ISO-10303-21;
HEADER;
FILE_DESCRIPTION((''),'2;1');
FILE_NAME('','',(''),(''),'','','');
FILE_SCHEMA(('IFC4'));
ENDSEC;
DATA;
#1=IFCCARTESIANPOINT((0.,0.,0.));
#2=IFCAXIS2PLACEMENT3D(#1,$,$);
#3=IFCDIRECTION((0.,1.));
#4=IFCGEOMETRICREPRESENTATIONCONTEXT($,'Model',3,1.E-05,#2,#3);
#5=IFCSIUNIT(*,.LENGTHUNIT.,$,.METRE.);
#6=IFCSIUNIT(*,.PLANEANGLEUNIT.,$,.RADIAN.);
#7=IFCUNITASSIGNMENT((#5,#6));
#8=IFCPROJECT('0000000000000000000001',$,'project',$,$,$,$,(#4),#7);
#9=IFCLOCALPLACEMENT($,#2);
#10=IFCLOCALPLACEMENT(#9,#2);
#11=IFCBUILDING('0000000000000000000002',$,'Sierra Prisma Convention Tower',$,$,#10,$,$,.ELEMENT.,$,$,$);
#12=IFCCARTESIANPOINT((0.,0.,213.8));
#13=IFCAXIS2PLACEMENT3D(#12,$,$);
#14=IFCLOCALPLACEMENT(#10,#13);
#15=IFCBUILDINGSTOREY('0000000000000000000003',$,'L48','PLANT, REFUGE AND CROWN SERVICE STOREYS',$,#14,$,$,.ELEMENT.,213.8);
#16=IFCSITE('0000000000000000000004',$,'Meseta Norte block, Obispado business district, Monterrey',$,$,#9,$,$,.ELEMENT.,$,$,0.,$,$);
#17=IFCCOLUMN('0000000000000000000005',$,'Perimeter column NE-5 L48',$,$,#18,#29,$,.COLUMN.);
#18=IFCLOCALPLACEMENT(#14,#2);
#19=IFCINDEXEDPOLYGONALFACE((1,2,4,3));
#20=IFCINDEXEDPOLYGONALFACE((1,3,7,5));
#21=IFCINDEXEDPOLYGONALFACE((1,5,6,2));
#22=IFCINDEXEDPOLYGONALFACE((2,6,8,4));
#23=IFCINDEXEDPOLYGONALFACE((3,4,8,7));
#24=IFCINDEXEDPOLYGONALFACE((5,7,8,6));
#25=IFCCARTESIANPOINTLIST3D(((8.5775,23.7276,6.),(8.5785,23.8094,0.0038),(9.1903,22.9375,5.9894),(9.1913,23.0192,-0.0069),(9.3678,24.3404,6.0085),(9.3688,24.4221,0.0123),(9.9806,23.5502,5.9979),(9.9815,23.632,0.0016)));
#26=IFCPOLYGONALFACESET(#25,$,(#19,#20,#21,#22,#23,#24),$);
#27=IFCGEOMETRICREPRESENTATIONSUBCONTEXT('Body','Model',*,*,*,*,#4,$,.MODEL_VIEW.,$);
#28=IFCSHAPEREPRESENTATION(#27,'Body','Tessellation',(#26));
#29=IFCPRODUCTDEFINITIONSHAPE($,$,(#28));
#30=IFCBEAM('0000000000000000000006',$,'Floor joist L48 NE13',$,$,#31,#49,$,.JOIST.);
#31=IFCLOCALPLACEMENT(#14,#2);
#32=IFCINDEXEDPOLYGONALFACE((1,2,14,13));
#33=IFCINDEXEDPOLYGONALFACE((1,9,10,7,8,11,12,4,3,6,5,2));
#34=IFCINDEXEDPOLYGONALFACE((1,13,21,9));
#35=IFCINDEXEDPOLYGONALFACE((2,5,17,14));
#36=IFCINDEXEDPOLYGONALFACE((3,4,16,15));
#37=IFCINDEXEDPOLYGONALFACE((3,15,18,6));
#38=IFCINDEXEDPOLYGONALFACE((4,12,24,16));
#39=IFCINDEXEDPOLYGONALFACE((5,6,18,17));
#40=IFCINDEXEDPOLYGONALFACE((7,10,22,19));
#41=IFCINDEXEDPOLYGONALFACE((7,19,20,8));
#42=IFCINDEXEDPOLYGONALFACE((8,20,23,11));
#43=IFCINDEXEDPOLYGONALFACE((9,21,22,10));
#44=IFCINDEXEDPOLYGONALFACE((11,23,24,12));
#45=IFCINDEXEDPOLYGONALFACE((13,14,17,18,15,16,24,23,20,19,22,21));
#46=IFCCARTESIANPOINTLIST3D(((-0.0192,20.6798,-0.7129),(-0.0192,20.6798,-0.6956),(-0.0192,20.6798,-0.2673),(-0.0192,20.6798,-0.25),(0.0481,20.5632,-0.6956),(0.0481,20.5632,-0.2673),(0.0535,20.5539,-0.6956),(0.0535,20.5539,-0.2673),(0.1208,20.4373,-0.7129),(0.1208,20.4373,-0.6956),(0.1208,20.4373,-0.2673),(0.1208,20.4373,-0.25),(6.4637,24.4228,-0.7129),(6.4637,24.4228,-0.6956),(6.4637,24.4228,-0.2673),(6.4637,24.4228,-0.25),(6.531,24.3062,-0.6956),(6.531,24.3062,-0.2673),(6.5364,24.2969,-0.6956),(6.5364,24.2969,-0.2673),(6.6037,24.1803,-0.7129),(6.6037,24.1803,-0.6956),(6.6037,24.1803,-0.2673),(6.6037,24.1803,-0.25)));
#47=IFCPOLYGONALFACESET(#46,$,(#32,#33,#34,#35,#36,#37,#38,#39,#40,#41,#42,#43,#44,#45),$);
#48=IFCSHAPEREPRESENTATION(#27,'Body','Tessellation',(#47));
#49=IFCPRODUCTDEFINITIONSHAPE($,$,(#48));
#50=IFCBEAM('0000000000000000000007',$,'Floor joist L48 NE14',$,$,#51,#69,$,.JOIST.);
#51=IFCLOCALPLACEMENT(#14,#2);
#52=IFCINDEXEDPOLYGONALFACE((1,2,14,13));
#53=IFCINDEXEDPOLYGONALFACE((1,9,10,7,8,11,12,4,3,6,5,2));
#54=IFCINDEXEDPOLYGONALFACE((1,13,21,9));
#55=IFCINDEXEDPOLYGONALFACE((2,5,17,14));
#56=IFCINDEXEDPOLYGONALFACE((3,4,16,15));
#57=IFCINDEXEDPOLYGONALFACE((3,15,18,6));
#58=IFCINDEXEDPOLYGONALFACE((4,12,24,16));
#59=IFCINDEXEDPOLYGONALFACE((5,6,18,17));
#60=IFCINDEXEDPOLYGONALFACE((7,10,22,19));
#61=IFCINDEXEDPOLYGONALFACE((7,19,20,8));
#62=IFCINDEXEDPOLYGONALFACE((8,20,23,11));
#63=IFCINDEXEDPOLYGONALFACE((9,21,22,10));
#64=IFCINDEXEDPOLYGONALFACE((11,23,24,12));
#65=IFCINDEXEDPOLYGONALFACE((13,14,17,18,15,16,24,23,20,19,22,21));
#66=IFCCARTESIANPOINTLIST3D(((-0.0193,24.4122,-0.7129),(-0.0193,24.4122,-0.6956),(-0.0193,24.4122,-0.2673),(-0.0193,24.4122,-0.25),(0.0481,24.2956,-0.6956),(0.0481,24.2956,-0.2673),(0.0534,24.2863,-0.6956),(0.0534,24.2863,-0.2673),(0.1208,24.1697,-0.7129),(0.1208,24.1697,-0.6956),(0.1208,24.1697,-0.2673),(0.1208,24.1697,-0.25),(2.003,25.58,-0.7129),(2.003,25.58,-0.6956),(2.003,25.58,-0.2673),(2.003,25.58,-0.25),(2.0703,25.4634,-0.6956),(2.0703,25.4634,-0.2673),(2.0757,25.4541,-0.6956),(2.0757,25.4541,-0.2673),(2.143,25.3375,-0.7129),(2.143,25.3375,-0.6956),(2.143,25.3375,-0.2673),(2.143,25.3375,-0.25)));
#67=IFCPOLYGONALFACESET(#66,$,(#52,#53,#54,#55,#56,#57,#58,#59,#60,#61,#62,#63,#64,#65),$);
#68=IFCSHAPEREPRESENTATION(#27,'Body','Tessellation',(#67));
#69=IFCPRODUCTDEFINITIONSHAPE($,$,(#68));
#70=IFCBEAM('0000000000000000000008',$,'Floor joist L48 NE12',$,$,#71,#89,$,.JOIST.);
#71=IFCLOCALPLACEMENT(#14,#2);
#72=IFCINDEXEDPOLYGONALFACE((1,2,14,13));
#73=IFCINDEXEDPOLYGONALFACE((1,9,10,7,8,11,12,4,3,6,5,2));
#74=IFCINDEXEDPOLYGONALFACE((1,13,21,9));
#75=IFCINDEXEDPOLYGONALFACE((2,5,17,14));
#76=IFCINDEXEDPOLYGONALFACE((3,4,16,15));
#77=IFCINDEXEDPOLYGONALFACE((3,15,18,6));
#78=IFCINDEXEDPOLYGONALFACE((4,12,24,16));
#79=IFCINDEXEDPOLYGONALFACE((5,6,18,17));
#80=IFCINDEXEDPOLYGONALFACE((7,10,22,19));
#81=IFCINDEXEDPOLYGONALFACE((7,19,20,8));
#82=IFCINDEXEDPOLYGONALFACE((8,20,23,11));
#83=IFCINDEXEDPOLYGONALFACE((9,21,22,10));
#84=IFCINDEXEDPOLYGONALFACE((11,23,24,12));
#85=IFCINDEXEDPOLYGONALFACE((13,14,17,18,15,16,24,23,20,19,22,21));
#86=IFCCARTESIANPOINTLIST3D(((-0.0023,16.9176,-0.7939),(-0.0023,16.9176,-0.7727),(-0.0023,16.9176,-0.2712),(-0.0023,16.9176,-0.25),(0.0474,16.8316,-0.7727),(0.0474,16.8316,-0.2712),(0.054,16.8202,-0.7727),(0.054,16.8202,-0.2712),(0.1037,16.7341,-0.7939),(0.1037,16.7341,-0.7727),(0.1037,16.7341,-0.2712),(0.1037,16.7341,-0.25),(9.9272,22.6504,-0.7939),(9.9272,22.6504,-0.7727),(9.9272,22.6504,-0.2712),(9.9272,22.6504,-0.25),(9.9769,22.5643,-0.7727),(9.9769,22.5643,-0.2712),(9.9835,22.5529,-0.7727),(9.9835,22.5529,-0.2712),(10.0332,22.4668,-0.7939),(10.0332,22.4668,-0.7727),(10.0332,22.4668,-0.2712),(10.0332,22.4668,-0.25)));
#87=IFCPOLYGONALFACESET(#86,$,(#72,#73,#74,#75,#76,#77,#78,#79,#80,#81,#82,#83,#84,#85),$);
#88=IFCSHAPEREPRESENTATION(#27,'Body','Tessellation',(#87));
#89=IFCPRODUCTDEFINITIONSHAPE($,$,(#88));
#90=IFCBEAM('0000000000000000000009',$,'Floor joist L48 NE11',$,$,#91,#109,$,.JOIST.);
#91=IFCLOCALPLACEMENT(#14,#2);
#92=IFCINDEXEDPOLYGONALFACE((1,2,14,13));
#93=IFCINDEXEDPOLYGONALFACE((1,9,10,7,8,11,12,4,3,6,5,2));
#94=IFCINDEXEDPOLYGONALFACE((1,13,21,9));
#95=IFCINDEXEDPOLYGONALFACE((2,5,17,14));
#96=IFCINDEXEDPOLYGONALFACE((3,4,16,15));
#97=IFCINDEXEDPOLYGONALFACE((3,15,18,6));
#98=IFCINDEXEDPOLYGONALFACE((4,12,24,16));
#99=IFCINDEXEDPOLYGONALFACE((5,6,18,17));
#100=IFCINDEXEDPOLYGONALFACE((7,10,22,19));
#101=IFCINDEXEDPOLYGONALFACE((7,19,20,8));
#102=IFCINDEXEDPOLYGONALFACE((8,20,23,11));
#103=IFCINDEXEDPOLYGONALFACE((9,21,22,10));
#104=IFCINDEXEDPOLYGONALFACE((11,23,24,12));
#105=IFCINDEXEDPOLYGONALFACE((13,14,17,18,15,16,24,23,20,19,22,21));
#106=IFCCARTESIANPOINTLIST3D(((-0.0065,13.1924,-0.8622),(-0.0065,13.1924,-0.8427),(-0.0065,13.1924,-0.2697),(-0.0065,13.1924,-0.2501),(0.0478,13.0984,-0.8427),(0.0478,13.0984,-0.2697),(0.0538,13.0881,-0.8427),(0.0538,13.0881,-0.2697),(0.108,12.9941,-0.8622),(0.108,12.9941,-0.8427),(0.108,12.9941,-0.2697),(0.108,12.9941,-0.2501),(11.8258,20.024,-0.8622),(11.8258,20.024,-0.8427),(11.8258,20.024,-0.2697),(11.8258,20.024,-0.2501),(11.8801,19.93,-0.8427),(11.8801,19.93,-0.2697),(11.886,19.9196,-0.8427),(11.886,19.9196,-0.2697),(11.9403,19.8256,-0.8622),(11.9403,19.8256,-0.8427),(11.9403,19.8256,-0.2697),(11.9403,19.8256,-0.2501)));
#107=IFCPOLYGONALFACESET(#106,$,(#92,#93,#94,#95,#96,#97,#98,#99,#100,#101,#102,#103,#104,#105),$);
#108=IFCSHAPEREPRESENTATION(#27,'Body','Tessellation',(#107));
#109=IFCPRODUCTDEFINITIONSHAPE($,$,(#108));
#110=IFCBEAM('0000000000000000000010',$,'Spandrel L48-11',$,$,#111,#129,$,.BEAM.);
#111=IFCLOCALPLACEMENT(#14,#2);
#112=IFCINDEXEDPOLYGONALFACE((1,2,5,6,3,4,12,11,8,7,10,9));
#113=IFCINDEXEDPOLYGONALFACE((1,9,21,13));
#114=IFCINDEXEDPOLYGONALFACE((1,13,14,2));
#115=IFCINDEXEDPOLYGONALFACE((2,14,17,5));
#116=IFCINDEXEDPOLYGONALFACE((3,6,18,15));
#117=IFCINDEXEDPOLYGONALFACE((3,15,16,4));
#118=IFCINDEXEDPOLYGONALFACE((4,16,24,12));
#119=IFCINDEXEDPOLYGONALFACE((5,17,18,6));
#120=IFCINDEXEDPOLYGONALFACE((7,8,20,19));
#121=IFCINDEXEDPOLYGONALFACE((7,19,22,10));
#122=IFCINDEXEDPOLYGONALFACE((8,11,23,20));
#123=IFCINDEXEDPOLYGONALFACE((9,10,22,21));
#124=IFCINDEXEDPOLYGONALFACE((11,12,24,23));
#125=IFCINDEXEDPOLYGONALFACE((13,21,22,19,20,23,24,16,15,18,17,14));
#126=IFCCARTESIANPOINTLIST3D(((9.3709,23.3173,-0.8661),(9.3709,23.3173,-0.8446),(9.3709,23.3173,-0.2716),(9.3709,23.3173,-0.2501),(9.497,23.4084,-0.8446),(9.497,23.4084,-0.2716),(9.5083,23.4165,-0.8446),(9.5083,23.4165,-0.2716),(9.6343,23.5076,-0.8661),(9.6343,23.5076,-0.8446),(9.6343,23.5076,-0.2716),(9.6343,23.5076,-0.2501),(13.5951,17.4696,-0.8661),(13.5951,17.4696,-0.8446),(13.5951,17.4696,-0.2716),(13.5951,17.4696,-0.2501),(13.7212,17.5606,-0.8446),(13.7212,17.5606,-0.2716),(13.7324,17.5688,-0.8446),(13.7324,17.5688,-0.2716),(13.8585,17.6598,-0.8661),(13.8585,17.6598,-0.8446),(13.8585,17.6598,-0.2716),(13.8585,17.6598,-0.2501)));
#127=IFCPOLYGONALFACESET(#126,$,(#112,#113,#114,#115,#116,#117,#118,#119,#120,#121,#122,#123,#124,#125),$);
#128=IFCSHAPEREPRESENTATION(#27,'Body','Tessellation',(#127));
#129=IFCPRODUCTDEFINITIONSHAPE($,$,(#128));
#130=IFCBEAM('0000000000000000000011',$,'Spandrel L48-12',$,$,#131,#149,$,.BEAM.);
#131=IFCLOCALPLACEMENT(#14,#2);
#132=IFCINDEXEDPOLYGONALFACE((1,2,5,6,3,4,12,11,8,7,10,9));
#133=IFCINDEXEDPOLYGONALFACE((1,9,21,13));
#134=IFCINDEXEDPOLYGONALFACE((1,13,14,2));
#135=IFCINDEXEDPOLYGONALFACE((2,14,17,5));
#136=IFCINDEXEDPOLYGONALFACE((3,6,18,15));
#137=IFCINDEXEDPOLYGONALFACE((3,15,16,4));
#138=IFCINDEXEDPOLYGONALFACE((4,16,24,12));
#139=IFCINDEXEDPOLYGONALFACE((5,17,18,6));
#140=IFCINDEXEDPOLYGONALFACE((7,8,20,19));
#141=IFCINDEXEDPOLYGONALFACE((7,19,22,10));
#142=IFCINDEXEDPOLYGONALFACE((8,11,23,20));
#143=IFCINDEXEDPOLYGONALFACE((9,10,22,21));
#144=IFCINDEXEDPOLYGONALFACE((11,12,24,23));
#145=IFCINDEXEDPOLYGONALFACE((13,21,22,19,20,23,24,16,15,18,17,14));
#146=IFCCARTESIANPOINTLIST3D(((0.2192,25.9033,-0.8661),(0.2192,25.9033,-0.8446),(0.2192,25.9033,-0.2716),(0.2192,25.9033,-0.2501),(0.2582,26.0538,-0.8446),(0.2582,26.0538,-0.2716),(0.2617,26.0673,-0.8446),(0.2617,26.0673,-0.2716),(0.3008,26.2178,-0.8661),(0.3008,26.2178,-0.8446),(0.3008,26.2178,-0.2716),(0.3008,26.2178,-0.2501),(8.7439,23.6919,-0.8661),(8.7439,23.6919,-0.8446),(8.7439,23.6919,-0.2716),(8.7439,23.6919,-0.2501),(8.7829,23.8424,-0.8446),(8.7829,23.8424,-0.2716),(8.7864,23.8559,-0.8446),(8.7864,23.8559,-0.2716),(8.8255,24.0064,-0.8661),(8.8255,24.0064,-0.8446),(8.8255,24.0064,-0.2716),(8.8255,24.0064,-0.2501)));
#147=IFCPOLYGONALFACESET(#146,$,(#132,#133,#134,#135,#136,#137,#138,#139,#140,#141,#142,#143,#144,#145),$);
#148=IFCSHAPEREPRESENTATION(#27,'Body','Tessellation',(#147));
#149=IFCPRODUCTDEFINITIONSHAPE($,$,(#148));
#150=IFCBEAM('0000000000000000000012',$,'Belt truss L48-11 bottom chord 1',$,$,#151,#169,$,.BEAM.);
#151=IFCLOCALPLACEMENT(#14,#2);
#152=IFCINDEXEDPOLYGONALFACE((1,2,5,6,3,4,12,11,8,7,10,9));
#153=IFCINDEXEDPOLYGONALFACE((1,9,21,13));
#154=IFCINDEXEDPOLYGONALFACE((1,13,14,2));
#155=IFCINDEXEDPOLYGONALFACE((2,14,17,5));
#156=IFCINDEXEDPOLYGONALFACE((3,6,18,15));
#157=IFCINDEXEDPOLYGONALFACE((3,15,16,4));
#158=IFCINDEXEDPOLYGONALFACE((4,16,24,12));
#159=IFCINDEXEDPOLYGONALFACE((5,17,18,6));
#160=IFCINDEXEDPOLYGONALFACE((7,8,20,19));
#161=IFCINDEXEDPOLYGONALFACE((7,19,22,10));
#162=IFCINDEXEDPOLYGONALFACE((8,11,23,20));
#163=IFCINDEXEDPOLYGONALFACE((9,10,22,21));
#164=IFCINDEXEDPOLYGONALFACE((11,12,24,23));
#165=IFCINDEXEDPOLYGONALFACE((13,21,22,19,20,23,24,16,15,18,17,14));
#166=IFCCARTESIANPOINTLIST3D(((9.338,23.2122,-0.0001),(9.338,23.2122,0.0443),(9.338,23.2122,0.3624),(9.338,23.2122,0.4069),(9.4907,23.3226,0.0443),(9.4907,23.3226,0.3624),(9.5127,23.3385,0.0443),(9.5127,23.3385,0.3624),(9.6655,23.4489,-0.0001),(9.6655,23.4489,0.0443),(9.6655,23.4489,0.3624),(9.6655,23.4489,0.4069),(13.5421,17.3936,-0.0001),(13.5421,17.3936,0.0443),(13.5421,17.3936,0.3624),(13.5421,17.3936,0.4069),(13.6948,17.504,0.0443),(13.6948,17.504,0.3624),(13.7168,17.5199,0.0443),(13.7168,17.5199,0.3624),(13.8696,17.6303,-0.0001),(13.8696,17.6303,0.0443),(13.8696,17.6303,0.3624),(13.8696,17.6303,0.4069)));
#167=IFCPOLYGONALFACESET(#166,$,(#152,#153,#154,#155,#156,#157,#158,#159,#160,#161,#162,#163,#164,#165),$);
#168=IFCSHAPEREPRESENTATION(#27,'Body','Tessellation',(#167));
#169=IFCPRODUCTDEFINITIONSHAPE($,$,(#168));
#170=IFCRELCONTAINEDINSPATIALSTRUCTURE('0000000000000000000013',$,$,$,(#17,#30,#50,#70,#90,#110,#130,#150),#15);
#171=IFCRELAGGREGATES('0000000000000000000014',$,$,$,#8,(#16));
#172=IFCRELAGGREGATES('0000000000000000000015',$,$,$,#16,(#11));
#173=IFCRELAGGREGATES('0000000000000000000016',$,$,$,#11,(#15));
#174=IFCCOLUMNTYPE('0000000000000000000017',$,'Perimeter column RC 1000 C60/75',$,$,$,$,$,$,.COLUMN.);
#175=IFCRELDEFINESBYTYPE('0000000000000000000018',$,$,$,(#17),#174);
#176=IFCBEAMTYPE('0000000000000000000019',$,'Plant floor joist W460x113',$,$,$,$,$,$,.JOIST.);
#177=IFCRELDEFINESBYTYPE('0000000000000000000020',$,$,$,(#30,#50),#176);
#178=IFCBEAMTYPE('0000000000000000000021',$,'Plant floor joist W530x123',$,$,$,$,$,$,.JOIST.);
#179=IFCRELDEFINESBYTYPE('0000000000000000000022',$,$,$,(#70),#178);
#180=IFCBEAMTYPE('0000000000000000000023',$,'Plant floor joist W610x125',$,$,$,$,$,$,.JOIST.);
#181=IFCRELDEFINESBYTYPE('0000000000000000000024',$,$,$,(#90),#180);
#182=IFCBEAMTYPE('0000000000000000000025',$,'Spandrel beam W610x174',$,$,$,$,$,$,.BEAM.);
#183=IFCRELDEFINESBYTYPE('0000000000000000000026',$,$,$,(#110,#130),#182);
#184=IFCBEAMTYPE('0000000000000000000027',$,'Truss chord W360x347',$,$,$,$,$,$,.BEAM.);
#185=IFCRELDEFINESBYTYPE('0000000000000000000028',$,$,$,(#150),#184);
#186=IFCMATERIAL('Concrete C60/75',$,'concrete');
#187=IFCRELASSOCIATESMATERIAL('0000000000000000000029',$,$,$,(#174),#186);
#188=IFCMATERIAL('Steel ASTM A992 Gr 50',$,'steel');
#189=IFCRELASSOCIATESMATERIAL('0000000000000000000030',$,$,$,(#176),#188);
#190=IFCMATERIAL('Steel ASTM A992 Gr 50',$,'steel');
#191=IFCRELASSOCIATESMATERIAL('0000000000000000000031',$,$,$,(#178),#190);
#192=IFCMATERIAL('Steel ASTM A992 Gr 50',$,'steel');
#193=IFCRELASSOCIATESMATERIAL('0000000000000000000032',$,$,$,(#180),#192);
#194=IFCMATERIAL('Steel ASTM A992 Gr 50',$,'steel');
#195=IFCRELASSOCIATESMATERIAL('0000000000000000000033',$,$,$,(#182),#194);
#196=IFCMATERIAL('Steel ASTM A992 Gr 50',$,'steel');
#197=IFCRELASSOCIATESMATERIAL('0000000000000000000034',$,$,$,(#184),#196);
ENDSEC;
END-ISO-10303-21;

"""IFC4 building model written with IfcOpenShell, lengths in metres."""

from ifc_helpers import new_model, si_unit, direction, frame, origin, origin_2d, place, context, subcontext, project, spatial, rectangle, i_section, extrude, clip, halfspace, material, material_profile, profile_set, type_object, element, save


model = new_model("IFC4")

# Units and contexts
model_context = context("Model", 3, precision=1e-05, world=origin(), true_north=direction((0.0, 1.0)))
body_context = subcontext(model_context, "Body", "Model", "MODEL_VIEW")
ifc_project = project(units=[si_unit("LENGTHUNIT", "METRE"), si_unit("PLANEANGLEUNIT", "RADIAN")], contexts=[model_context])

# Site, building, storey
site_placement = place(None, origin())
site = spatial("IfcSite", under=ifc_project, at=site_placement, Name="Meseta Norte block, Obispado business district, Monterrey", CompositionType="ELEMENT", RefElevation=0.0)
building_placement = place(site_placement, origin())
building = spatial("IfcBuilding", under=site, at=building_placement, Name="Sierra Prisma Convention Tower", CompositionType="ELEMENT")
storey_placement = place(building_placement, frame((0.0, 0.0, 213.8)))
storey = spatial("IfcBuildingStorey", under=building, at=storey_placement, Name="L48", Description="PLANT, REFUGE AND CROWN SERVICE STOREYS", CompositionType="ELEMENT", Elevation=213.8)

# Column
ifc_material_1 = material(Name="Concrete C60/75", Category="concrete")
ifc_material_profile_1 = material_profile(ifc_material_1, rectangle(XDim=1.0, YDim=1.0, at=origin_2d()), Name="Perimeter column RC 1000 C60/75")
ifc_profile_set_1 = profile_set([ifc_material_profile_1], Name="Concrete C60/75")
column_type = type_object("IfcColumnType", Name="Perimeter column RC 1000 C60/75", PredefinedType="COLUMN", material=ifc_profile_set_1)
column_placement = place(storey_placement, frame((9.28, 23.7207, 0.0), z_axis=(-0.000163, -0.01363, 0.999907), x_axis=(-0.612797, 0.790169, 0.010671)))
element("IfcColumn", 1, at=column_placement, inside=storey, type_object=column_type, Name="Perimeter column NE-5 L48", PredefinedType="COLUMN", context=body_context, shape_type="SweptSolid", body=[
    clip(clip(extrude(rectangle(XDim=1.0, YDim=1.0, at=origin_2d()), origin(), (0.0, 0.0, 1.0), 6.0005), halfspace(frame((0.0, 0.0, 0.0027)), True)), halfspace(frame((0.0, 0.0, 5.9995)), False)),
])

# Beams
ifc_material_2 = material(Name="Steel ASTM A992 Gr 50", Category="steel")
ifc_material_profile_2 = material_profile(ifc_material_2, i_section(OverallWidth=0.28, OverallDepth=0.4629, WebThickness=0.0107, FlangeThickness=0.0173, at=origin_2d()), Name="W460x113")
ifc_profile_set_2 = profile_set([ifc_material_profile_2], Name="Steel ASTM A992 Gr 50")
beam_type_1 = type_object("IfcBeamType", Name="Plant floor joist W460x113", PredefinedType="JOIST", material=ifc_profile_set_2)
beam_1_placement = place(storey_placement, frame((6.5337, 24.3015, -0.4814), z_axis=(-0.866025, -0.500001, 0.0), x_axis=(0.500001, -0.866025, 0.0)))
element("IfcBeam", 2, at=beam_1_placement, inside=storey, type_object=beam_type_1, Name="Floor joist L48 NE13", PredefinedType="JOIST", context=body_context, shape_type="SweptSolid", body=[
    extrude(i_section(OverallWidth=0.28, OverallDepth=0.4629, WebThickness=0.0107, FlangeThickness=0.0173, at=origin_2d()), origin(), (0.0, 0.0, 1.0), 7.4858),
])
beam_2_placement = place(storey_placement, frame((2.073, 25.4587, -0.4814), z_axis=(-0.865989, -0.500063, 0.0), x_axis=(0.500063, -0.865989, 0.0)))
element("IfcBeam", 3, at=beam_2_placement, inside=storey, type_object=beam_type_1, Name="Floor joist L48 NE14", PredefinedType="JOIST", context=body_context, shape_type="SweptSolid", body=[
    extrude(i_section(OverallWidth=0.28, OverallDepth=0.4629, WebThickness=0.0107, FlangeThickness=0.0173, at=origin_2d()), origin(), (0.0, 0.0, 1.0), 2.3352),
])
ifc_material_3 = material(Name="Steel ASTM A992 Gr 50", Category="steel")
ifc_material_profile_3 = material_profile(ifc_material_3, i_section(OverallWidth=0.2119, OverallDepth=0.5439, WebThickness=0.0132, FlangeThickness=0.0212, at=origin_2d()), Name="W530x123")
ifc_profile_set_3 = profile_set([ifc_material_profile_3], Name="Steel ASTM A992 Gr 50")
beam_type_2 = type_object("IfcBeamType", Name="Plant floor joist W530x123", PredefinedType="JOIST", material=ifc_profile_set_3)
beam_3_placement = place(storey_placement, frame((9.9802, 22.5586, -0.522), z_axis=(-0.866029, -0.499993, 0.0), x_axis=(0.499993, -0.866029, 0.0)))
element("IfcBeam", 4, at=beam_3_placement, inside=storey, type_object=beam_type_2, Name="Floor joist L48 NE12", PredefinedType="JOIST", context=body_context, shape_type="SweptSolid", body=[
    extrude(i_section(OverallWidth=0.2119, OverallDepth=0.5439, WebThickness=0.0132, FlangeThickness=0.0212, at=origin_2d()), origin(), (0.0, 0.0, 1.0), 11.4656),
])
ifc_material_4 = material(Name="Steel ASTM A992 Gr 50", Category="steel")
ifc_material_profile_4 = material_profile(ifc_material_4, i_section(OverallWidth=0.229, OverallDepth=0.6121, WebThickness=0.012, FlangeThickness=0.0195, at=origin_2d()), Name="W610x125")
ifc_profile_set_4 = profile_set([ifc_material_profile_4], Name="Steel ASTM A992 Gr 50")
beam_type_3 = type_object("IfcBeamType", Name="Plant floor joist W610x125", PredefinedType="JOIST", material=ifc_profile_set_4)
beam_4_placement = place(storey_placement, frame((11.8831, 19.9248, -0.5562), z_axis=(-0.86602, -0.50001, 0.0), x_axis=(0.50001, -0.86602, 0.0)))
element("IfcBeam", 5, at=beam_4_placement, inside=storey, type_object=beam_type_3, Name="Floor joist L48 NE11", PredefinedType="JOIST", context=body_context, shape_type="SweptSolid", body=[
    extrude(i_section(OverallWidth=0.229, OverallDepth=0.6121, WebThickness=0.012, FlangeThickness=0.0195, at=origin_2d()), origin(), (0.0, 0.0, 1.0), 13.6628),
])
ifc_material_5 = material(Name="Steel ASTM A992 Gr 50", Category="steel")
ifc_material_profile_5 = material_profile(ifc_material_5, i_section(OverallWidth=0.325, OverallDepth=0.616, WebThickness=0.0139, FlangeThickness=0.0215, at=origin_2d()), Name="W610x174")
ifc_profile_set_5 = profile_set([ifc_material_profile_5], Name="Steel ASTM A992 Gr 50")
beam_type_4 = type_object("IfcBeamType", Name="Spandrel beam W610x174", PredefinedType="BEAM", material=ifc_profile_set_5)
beam_5_placement = place(storey_placement, frame((13.7268, 17.5647, -0.5581), z_axis=(-0.585565, 0.810626, 0.0), x_axis=(-0.810626, -0.585565, 0.0)))
element("IfcBeam", 6, at=beam_5_placement, inside=storey, type_object=beam_type_4, Name="Spandrel L48-11", PredefinedType="BEAM", context=body_context, shape_type="SweptSolid", body=[
    extrude(i_section(OverallWidth=0.325, OverallDepth=0.616, WebThickness=0.0139, FlangeThickness=0.0215, at=origin_2d()), origin(), (0.0, 0.0, 1.0), 7.2139),
])
beam_6_placement = place(storey_placement, frame((8.7847, 23.8491, -0.5581), z_axis=(-0.96796, 0.251104, 0.0), x_axis=(-0.251104, -0.96796, 0.0)))
element("IfcBeam", 7, at=beam_6_placement, inside=storey, type_object=beam_type_4, Name="Spandrel L48-12", PredefinedType="BEAM", context=body_context, shape_type="SweptSolid", body=[
    extrude(i_section(OverallWidth=0.325, OverallDepth=0.616, WebThickness=0.0139, FlangeThickness=0.0215, at=origin_2d()), origin(), (0.0, 0.0, 1.0), 8.8069),
])
ifc_material_6 = material(Name="Steel ASTM A992 Gr 50", Category="steel")
ifc_material_profile_6 = material_profile(ifc_material_6, i_section(OverallWidth=0.4041, OverallDepth=0.407, WebThickness=0.0271, FlangeThickness=0.0444, at=origin_2d()), Name="W360x347")
ifc_profile_set_6 = profile_set([ifc_material_profile_6], Name="Steel ASTM A992 Gr 50")
beam_type_5 = type_object("IfcBeamType", Name="Truss chord W360x347", PredefinedType="BEAM", material=ifc_profile_set_6)
beam_7_placement = place(storey_placement, frame((13.7058, 17.512, 0.2034), z_axis=(-0.585653, 0.810562, 0.0), x_axis=(-0.810562, -0.585653, 0.0)))
element("IfcBeam", 8, at=beam_7_placement, inside=storey, type_object=beam_type_5, Name="Belt truss L48-11 bottom chord 1", PredefinedType="BEAM", context=body_context, shape_type="SweptSolid", body=[
    extrude(i_section(OverallWidth=0.4041, OverallDepth=0.407, WebThickness=0.0271, FlangeThickness=0.0444, at=origin_2d()), origin(), (0.0, 0.0, 1.0), 7.1785),
])

save(model, "model.ifc")
